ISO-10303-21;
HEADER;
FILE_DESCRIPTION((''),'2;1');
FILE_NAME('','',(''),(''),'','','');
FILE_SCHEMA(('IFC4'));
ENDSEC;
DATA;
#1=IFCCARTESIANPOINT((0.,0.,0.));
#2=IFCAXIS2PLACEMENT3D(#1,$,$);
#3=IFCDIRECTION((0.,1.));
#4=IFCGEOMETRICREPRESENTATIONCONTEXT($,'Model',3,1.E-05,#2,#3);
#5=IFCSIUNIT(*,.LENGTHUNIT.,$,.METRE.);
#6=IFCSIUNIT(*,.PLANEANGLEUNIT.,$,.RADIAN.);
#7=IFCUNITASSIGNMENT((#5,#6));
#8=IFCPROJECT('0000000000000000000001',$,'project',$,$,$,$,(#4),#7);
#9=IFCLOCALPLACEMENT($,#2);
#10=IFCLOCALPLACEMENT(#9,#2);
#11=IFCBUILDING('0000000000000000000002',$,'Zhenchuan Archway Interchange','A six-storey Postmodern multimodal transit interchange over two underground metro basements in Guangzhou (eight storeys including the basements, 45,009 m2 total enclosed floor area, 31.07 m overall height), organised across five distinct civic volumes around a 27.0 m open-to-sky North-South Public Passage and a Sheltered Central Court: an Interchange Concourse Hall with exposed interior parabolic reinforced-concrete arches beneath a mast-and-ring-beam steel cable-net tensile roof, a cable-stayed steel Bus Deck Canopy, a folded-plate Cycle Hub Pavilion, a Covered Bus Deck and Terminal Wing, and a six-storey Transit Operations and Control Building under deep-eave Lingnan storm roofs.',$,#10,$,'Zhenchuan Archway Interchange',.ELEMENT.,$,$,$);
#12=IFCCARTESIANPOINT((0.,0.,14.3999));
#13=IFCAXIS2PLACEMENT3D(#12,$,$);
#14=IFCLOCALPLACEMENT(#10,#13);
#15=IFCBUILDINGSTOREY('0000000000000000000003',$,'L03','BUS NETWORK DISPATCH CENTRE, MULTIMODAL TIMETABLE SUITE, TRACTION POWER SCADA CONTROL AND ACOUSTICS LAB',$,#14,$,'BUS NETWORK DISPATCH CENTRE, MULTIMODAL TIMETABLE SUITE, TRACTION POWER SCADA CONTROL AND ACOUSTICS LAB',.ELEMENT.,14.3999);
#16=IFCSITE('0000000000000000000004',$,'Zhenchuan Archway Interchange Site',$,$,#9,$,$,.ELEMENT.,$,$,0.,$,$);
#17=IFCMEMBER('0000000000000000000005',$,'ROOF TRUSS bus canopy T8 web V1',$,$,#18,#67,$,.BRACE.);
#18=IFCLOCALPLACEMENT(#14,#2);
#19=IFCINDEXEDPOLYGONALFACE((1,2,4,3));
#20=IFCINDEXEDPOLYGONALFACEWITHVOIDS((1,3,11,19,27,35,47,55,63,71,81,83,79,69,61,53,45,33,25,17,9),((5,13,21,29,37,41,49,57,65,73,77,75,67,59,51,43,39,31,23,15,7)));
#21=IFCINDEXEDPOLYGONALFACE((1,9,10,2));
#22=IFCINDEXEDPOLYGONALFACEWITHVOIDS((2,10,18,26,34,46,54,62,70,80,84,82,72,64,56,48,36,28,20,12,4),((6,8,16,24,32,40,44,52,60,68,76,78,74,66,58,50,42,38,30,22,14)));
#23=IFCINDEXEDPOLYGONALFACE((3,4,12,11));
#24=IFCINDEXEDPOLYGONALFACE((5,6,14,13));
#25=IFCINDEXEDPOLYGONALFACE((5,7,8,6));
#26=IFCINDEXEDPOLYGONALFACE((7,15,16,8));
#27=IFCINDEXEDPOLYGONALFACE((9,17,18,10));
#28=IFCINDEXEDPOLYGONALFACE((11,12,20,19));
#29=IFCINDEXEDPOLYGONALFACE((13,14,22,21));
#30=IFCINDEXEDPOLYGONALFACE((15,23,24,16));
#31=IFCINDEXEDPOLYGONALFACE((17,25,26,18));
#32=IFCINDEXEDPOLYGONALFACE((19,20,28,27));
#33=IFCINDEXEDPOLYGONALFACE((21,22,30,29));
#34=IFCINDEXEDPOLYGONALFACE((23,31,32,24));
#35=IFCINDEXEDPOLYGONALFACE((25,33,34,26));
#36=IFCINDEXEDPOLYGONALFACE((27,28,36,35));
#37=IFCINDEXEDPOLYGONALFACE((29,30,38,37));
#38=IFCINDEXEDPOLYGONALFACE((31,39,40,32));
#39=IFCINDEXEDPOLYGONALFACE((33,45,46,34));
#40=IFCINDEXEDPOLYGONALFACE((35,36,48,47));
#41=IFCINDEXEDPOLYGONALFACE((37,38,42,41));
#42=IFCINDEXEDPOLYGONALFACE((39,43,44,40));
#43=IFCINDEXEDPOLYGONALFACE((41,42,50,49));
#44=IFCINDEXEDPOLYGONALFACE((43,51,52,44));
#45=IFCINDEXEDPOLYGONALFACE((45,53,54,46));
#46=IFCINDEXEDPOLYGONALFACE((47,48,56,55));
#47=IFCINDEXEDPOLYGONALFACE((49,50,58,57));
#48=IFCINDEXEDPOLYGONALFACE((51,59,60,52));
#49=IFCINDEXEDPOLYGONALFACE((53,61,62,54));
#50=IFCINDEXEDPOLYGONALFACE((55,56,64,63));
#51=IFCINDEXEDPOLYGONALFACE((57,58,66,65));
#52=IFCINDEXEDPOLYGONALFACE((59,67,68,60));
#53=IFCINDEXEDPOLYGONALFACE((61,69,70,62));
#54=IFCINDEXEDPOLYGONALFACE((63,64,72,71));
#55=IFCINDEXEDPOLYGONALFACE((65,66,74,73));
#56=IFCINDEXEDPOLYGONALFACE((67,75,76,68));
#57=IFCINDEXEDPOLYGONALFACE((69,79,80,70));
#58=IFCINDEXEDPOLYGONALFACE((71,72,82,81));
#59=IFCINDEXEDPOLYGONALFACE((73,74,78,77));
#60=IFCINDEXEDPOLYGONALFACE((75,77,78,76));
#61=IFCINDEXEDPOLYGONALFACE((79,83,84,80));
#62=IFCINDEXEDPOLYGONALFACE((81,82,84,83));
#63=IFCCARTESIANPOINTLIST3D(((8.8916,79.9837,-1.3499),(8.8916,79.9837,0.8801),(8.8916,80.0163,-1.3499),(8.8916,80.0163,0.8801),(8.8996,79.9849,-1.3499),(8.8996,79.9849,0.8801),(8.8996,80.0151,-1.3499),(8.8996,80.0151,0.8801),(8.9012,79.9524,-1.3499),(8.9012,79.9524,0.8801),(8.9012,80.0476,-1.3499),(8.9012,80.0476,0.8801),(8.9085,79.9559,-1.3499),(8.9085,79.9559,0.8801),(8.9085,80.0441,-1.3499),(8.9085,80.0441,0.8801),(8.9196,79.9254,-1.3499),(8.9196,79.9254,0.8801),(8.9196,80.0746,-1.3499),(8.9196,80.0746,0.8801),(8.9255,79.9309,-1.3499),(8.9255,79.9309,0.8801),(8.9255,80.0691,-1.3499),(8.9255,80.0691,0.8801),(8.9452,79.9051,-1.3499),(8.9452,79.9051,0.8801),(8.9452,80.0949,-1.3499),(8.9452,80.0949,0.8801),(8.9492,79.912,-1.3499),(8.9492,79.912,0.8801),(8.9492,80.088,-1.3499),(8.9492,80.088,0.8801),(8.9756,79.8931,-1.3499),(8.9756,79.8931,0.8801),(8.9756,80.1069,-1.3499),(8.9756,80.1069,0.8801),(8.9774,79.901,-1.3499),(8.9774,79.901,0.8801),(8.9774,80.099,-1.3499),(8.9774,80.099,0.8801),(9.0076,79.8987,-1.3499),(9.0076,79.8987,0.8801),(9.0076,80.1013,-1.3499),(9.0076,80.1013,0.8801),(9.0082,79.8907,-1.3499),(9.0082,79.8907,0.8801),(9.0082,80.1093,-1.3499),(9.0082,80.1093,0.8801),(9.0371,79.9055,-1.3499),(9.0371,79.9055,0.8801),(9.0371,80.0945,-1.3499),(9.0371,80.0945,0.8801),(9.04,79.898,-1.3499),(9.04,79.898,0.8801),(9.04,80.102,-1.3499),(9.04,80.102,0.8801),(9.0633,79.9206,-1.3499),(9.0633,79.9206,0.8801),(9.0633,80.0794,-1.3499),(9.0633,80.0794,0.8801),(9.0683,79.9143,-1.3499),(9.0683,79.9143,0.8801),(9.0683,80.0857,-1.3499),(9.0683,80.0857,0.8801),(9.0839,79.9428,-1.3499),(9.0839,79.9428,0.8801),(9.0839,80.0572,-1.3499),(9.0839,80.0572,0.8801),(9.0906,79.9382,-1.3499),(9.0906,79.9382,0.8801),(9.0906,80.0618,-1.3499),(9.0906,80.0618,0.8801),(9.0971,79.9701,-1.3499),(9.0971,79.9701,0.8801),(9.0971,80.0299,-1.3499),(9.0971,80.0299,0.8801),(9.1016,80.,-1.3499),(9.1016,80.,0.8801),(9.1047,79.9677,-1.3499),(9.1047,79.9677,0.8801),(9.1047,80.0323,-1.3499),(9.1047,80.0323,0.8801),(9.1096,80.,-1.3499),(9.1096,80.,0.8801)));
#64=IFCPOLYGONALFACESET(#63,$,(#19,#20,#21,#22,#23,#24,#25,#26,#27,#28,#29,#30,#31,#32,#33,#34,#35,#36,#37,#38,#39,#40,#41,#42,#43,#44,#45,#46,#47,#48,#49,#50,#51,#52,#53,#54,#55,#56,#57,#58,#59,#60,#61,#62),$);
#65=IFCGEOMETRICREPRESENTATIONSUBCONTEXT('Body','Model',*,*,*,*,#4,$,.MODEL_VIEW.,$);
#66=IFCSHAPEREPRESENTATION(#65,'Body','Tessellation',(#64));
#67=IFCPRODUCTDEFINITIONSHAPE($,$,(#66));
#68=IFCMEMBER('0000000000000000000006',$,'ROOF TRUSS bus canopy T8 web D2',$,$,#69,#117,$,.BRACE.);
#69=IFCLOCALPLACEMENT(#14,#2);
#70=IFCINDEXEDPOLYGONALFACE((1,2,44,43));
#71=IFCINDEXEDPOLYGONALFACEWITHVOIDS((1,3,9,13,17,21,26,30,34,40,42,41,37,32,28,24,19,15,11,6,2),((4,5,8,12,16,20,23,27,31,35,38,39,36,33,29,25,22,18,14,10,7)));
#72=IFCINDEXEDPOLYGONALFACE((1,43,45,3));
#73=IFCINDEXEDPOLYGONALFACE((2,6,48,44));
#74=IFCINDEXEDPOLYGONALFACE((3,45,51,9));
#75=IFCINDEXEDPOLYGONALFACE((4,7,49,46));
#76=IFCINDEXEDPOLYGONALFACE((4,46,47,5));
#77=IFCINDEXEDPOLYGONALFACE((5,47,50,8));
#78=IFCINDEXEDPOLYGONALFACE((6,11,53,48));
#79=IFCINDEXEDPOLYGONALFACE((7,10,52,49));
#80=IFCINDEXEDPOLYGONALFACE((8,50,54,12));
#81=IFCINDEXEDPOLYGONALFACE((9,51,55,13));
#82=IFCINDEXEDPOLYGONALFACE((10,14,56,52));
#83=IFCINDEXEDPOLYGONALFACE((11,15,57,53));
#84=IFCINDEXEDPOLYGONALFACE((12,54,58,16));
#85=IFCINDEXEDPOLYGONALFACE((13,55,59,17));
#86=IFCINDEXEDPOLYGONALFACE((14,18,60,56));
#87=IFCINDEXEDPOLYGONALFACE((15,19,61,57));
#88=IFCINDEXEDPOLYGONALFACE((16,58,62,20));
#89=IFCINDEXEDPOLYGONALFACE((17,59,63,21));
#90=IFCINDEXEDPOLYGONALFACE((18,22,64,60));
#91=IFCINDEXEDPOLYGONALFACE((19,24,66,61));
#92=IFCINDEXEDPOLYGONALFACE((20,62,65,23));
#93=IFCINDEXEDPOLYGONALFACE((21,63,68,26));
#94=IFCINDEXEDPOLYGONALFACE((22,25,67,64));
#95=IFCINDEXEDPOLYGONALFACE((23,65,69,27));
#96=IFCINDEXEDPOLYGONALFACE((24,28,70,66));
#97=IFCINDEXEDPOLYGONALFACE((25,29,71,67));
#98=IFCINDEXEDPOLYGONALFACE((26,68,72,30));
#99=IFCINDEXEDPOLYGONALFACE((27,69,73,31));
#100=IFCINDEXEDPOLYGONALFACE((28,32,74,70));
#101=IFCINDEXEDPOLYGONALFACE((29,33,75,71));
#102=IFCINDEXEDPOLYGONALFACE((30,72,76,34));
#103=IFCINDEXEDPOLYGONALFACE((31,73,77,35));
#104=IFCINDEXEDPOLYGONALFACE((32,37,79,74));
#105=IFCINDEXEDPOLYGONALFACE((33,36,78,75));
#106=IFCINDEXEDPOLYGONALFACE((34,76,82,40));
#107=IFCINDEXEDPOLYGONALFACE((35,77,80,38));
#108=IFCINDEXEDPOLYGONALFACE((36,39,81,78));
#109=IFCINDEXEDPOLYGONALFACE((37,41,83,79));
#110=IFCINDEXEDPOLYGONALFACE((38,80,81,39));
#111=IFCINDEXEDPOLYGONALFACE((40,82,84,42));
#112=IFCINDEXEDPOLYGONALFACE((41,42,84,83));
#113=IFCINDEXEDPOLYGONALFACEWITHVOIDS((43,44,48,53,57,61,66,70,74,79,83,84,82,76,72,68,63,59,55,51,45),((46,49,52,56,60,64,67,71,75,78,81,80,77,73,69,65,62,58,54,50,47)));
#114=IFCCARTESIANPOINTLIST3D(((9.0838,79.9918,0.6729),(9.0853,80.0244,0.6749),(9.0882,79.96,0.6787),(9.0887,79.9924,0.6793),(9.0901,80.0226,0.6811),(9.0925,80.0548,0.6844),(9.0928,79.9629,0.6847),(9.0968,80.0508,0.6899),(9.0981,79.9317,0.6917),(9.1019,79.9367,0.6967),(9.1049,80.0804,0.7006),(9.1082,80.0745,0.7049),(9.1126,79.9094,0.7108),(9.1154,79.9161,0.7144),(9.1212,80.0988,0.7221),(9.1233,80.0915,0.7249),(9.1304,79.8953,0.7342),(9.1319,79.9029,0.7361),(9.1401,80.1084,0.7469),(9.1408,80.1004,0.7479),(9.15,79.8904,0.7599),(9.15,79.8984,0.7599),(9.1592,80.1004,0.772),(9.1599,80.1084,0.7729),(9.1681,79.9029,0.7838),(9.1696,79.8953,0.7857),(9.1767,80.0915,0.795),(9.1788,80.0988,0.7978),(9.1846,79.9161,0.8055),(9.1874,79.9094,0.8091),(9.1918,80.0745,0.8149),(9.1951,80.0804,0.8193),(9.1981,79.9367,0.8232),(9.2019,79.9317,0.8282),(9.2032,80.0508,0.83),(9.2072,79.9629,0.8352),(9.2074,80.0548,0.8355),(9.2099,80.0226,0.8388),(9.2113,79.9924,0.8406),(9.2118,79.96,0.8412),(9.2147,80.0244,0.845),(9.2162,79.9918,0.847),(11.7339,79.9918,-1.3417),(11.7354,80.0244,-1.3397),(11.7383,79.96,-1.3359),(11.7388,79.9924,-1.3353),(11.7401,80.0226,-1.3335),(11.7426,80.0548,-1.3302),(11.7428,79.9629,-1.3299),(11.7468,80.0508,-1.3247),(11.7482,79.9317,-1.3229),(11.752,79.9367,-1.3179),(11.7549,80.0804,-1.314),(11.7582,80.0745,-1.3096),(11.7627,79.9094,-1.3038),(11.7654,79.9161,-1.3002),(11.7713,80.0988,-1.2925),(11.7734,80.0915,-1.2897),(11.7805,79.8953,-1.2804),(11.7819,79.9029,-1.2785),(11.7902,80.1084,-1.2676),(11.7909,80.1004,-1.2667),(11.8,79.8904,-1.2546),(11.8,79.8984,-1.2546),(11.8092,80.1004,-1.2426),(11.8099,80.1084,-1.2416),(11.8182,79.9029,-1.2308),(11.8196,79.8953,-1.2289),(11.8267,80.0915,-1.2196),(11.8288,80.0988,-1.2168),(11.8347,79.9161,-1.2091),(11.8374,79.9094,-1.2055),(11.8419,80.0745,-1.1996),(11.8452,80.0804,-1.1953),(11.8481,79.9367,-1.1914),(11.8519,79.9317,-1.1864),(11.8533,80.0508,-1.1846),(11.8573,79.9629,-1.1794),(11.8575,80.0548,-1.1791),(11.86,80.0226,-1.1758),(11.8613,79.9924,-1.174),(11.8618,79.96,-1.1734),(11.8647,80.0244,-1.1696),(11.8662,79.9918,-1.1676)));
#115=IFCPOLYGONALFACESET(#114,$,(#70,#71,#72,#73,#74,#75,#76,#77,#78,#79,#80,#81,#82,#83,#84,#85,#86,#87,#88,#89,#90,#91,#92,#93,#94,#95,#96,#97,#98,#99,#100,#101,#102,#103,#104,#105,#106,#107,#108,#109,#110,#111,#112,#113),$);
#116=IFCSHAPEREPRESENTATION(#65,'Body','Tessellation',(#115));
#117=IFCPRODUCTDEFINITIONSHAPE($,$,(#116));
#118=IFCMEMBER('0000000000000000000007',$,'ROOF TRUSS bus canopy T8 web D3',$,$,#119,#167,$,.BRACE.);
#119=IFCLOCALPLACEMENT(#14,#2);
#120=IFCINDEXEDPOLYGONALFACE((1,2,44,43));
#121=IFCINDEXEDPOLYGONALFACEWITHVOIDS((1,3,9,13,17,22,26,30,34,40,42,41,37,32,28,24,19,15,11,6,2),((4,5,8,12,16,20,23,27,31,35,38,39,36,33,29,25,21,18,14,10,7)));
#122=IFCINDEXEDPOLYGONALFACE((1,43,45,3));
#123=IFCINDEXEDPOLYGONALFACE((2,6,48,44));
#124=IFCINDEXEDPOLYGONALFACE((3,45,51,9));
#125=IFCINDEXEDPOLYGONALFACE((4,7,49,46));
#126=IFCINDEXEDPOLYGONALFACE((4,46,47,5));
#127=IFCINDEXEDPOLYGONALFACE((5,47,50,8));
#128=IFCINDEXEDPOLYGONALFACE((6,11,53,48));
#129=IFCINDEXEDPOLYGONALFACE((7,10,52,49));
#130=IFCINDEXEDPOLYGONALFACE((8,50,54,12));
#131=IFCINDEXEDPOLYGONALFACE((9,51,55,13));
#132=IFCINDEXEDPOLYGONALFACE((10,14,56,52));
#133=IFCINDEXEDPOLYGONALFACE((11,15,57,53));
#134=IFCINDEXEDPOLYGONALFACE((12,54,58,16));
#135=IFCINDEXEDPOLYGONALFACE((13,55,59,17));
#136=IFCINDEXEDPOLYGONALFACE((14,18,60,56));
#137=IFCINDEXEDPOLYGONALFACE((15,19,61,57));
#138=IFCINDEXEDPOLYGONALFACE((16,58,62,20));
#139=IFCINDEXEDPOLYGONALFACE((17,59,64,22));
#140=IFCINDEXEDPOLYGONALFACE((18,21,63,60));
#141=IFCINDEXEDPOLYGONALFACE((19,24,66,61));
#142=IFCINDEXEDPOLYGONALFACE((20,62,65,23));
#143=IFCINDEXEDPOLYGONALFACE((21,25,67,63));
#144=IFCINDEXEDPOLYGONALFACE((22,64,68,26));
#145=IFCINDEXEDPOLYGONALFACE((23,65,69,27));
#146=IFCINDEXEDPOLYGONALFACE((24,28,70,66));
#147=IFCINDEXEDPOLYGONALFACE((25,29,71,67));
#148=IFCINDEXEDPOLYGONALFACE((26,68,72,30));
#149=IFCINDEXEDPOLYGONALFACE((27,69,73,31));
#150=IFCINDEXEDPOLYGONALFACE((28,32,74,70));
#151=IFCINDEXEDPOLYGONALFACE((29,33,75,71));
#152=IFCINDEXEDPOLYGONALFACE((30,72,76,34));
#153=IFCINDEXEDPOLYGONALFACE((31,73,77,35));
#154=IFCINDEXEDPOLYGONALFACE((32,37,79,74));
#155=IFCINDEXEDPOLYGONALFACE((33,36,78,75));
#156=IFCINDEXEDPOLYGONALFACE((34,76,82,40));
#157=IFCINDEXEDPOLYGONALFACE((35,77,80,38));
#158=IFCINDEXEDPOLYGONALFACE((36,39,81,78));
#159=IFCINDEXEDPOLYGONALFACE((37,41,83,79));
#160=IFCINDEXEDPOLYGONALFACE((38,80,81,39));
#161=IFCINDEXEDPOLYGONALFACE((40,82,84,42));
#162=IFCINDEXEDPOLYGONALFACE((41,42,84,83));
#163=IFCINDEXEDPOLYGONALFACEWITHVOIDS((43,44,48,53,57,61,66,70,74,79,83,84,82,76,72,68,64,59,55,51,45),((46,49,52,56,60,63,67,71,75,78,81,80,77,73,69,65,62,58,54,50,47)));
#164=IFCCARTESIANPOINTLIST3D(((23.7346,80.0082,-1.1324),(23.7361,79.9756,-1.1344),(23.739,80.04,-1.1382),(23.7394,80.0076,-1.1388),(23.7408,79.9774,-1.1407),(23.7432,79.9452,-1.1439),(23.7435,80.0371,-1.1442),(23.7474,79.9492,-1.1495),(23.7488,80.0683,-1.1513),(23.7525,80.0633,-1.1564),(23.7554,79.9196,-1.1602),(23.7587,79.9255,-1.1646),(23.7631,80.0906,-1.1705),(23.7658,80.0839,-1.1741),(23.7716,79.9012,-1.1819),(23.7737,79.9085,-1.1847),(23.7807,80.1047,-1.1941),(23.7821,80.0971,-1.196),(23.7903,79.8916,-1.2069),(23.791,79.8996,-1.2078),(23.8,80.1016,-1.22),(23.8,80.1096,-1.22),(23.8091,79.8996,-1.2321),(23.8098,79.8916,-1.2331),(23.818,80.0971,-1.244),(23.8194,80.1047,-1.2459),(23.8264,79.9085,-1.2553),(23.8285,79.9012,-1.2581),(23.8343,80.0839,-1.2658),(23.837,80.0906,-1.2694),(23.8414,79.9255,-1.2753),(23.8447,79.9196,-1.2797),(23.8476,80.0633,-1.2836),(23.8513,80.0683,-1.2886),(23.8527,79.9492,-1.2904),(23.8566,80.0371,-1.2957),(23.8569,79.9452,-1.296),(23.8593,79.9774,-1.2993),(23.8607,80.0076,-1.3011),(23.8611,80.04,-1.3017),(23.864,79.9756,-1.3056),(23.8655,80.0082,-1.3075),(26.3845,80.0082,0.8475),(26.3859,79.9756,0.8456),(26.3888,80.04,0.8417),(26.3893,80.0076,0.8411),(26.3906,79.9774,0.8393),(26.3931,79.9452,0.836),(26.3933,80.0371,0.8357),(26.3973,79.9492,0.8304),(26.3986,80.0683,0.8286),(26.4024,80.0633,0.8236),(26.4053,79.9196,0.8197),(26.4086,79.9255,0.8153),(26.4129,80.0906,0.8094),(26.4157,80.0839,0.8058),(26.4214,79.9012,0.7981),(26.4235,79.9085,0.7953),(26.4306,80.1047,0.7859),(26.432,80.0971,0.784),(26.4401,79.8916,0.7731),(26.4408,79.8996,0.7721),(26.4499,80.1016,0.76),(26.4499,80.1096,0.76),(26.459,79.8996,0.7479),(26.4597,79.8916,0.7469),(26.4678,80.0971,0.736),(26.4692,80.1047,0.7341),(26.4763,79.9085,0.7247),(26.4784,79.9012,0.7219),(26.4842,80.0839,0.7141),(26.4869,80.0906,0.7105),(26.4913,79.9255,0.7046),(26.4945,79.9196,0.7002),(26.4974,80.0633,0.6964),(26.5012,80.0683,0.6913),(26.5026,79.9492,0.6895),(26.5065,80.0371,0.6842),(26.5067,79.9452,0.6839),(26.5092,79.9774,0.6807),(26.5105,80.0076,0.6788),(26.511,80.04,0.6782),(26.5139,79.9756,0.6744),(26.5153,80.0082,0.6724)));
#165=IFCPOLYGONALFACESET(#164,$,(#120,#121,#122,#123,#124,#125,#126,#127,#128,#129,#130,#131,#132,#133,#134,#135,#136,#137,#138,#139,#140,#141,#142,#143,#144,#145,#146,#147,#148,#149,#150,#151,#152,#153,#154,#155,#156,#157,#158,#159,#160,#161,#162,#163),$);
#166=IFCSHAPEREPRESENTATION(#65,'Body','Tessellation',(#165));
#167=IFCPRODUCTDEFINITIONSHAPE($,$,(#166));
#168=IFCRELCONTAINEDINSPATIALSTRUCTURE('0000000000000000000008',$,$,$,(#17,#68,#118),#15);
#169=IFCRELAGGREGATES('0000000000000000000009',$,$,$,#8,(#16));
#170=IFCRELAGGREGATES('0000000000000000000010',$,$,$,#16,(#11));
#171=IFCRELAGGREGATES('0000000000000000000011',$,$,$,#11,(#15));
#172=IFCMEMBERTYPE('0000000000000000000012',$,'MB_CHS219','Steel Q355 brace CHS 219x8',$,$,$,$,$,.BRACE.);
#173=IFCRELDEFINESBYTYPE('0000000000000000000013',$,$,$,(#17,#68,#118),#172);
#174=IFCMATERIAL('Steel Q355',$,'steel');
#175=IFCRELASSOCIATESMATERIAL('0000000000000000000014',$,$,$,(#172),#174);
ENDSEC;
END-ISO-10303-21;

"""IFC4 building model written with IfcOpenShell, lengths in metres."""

from ifc_helpers import new_model, si_unit, direction, frame, origin, origin_2d, place, context, subcontext, project, spatial, hollow_circle, extrude, material, material_profile, profile_set, type_object, element, save


model = new_model("IFC4")

# Units and contexts
model_context = context("Model", 3, precision=1e-05, world=origin(), true_north=direction((0.0, 1.0)))
body_context = subcontext(model_context, "Body", "Model", "MODEL_VIEW")
ifc_project = project(units=[si_unit("LENGTHUNIT", "METRE"), si_unit("PLANEANGLEUNIT", "RADIAN")], contexts=[model_context])

# Site, building, storey
site_placement = place(None, origin())
site = spatial("IfcSite", under=ifc_project, at=site_placement, Name="Zhenchuan Archway Interchange Site", CompositionType="ELEMENT", RefElevation=0.0)
building_placement = place(site_placement, origin())
building = spatial("IfcBuilding", under=site, at=building_placement, Name="Zhenchuan Archway Interchange", Description="A six-storey Postmodern multimodal transit interchange over two underground metro basements in Guangzhou (eight storeys including the basements, 45,009 m2 total enclosed floor area, 31.07 m overall height), organised across five distinct civic volumes around a 27.0 m open-to-sky North-South Public Passage and a Sheltered Central Court: an Interchange Concourse Hall with exposed interior parabolic reinforced-concrete arches beneath a mast-and-ring-beam steel cable-net tensile roof, a cable-stayed steel Bus Deck Canopy, a folded-plate Cycle Hub Pavilion, a Covered Bus Deck and Terminal Wing, and a six-storey Transit Operations and Control Building under deep-eave Lingnan storm roofs.", LongName="Zhenchuan Archway Interchange", CompositionType="ELEMENT")
storey_placement = place(building_placement, frame((0.0, 0.0, 14.3999)))
storey = spatial("IfcBuildingStorey", under=building, at=storey_placement, Name="L03", Description="BUS NETWORK DISPATCH CENTRE, MULTIMODAL TIMETABLE SUITE, TRACTION POWER SCADA CONTROL AND ACOUSTICS LAB", LongName="BUS NETWORK DISPATCH CENTRE, MULTIMODAL TIMETABLE SUITE, TRACTION POWER SCADA CONTROL AND ACOUSTICS LAB", CompositionType="ELEMENT", Elevation=14.3999)

# Shared definitions
ifc_material_1 = material(Name="Steel Q355", Category="steel")

# Members
ifc_material_profile_1 = material_profile(ifc_material_1, hollow_circle(Radius=0.1096, WallThickness=0.0081, at=origin_2d()), Name="CHS 219x8")
ifc_profile_set_1 = profile_set([ifc_material_profile_1], Name="Steel Q355")
member_type_1 = type_object("IfcMemberType", Name="MB_CHS219", Description="Steel Q355 brace CHS 219x8", PredefinedType="BRACE", material=ifc_profile_set_1)
member_1_placement = place(storey_placement, frame((9.0, 80.0, -1.3499), z_axis=(0.0, 0.0, 1.0), x_axis=(1.0, 0.0, 0.0)))
element("IfcMember", 1, at=member_1_placement, inside=storey, type_object=member_type_1, Name="ROOF TRUSS bus canopy T8 web V1", PredefinedType="BRACE", context=body_context, shape_type="SweptSolid", body=[
    extrude(hollow_circle(Radius=0.1096, WallThickness=0.0081, at=origin_2d()), origin(), (0.0, 0.0, 1.0), 2.23),
])
member_2_placement = place(storey_placement, frame((11.8, 80.0, -1.2546), z_axis=(-0.796084, 0.0, 0.605186), x_axis=(0.0, -1.0, 0.0)))
element("IfcMember", 2, at=member_2_placement, inside=storey, type_object=member_type_1, Name="ROOF TRUSS bus canopy T8 web D2", PredefinedType="BRACE", context=body_context, shape_type="SweptSolid", body=[
    extrude(hollow_circle(Radius=0.1096, WallThickness=0.0081, at=origin_2d()), origin(), (0.0, 0.0, 1.0), 3.3289),
])
member_3_placement = place(storey_placement, frame((23.8, 80.0, -1.22), z_axis=(0.801079, 0.0, 0.598558), x_axis=(0.0, 1.0, 0.0)))
element("IfcMember", 3, at=member_3_placement, inside=storey, type_object=member_type_1, Name="ROOF TRUSS bus canopy T8 web D3", PredefinedType="BRACE", context=body_context, shape_type="SweptSolid", body=[
    extrude(hollow_circle(Radius=0.1096, WallThickness=0.0081, at=origin_2d()), origin(), (0.0, 0.0, 1.0), 3.3079),
])

save(model, "model.ifc")
